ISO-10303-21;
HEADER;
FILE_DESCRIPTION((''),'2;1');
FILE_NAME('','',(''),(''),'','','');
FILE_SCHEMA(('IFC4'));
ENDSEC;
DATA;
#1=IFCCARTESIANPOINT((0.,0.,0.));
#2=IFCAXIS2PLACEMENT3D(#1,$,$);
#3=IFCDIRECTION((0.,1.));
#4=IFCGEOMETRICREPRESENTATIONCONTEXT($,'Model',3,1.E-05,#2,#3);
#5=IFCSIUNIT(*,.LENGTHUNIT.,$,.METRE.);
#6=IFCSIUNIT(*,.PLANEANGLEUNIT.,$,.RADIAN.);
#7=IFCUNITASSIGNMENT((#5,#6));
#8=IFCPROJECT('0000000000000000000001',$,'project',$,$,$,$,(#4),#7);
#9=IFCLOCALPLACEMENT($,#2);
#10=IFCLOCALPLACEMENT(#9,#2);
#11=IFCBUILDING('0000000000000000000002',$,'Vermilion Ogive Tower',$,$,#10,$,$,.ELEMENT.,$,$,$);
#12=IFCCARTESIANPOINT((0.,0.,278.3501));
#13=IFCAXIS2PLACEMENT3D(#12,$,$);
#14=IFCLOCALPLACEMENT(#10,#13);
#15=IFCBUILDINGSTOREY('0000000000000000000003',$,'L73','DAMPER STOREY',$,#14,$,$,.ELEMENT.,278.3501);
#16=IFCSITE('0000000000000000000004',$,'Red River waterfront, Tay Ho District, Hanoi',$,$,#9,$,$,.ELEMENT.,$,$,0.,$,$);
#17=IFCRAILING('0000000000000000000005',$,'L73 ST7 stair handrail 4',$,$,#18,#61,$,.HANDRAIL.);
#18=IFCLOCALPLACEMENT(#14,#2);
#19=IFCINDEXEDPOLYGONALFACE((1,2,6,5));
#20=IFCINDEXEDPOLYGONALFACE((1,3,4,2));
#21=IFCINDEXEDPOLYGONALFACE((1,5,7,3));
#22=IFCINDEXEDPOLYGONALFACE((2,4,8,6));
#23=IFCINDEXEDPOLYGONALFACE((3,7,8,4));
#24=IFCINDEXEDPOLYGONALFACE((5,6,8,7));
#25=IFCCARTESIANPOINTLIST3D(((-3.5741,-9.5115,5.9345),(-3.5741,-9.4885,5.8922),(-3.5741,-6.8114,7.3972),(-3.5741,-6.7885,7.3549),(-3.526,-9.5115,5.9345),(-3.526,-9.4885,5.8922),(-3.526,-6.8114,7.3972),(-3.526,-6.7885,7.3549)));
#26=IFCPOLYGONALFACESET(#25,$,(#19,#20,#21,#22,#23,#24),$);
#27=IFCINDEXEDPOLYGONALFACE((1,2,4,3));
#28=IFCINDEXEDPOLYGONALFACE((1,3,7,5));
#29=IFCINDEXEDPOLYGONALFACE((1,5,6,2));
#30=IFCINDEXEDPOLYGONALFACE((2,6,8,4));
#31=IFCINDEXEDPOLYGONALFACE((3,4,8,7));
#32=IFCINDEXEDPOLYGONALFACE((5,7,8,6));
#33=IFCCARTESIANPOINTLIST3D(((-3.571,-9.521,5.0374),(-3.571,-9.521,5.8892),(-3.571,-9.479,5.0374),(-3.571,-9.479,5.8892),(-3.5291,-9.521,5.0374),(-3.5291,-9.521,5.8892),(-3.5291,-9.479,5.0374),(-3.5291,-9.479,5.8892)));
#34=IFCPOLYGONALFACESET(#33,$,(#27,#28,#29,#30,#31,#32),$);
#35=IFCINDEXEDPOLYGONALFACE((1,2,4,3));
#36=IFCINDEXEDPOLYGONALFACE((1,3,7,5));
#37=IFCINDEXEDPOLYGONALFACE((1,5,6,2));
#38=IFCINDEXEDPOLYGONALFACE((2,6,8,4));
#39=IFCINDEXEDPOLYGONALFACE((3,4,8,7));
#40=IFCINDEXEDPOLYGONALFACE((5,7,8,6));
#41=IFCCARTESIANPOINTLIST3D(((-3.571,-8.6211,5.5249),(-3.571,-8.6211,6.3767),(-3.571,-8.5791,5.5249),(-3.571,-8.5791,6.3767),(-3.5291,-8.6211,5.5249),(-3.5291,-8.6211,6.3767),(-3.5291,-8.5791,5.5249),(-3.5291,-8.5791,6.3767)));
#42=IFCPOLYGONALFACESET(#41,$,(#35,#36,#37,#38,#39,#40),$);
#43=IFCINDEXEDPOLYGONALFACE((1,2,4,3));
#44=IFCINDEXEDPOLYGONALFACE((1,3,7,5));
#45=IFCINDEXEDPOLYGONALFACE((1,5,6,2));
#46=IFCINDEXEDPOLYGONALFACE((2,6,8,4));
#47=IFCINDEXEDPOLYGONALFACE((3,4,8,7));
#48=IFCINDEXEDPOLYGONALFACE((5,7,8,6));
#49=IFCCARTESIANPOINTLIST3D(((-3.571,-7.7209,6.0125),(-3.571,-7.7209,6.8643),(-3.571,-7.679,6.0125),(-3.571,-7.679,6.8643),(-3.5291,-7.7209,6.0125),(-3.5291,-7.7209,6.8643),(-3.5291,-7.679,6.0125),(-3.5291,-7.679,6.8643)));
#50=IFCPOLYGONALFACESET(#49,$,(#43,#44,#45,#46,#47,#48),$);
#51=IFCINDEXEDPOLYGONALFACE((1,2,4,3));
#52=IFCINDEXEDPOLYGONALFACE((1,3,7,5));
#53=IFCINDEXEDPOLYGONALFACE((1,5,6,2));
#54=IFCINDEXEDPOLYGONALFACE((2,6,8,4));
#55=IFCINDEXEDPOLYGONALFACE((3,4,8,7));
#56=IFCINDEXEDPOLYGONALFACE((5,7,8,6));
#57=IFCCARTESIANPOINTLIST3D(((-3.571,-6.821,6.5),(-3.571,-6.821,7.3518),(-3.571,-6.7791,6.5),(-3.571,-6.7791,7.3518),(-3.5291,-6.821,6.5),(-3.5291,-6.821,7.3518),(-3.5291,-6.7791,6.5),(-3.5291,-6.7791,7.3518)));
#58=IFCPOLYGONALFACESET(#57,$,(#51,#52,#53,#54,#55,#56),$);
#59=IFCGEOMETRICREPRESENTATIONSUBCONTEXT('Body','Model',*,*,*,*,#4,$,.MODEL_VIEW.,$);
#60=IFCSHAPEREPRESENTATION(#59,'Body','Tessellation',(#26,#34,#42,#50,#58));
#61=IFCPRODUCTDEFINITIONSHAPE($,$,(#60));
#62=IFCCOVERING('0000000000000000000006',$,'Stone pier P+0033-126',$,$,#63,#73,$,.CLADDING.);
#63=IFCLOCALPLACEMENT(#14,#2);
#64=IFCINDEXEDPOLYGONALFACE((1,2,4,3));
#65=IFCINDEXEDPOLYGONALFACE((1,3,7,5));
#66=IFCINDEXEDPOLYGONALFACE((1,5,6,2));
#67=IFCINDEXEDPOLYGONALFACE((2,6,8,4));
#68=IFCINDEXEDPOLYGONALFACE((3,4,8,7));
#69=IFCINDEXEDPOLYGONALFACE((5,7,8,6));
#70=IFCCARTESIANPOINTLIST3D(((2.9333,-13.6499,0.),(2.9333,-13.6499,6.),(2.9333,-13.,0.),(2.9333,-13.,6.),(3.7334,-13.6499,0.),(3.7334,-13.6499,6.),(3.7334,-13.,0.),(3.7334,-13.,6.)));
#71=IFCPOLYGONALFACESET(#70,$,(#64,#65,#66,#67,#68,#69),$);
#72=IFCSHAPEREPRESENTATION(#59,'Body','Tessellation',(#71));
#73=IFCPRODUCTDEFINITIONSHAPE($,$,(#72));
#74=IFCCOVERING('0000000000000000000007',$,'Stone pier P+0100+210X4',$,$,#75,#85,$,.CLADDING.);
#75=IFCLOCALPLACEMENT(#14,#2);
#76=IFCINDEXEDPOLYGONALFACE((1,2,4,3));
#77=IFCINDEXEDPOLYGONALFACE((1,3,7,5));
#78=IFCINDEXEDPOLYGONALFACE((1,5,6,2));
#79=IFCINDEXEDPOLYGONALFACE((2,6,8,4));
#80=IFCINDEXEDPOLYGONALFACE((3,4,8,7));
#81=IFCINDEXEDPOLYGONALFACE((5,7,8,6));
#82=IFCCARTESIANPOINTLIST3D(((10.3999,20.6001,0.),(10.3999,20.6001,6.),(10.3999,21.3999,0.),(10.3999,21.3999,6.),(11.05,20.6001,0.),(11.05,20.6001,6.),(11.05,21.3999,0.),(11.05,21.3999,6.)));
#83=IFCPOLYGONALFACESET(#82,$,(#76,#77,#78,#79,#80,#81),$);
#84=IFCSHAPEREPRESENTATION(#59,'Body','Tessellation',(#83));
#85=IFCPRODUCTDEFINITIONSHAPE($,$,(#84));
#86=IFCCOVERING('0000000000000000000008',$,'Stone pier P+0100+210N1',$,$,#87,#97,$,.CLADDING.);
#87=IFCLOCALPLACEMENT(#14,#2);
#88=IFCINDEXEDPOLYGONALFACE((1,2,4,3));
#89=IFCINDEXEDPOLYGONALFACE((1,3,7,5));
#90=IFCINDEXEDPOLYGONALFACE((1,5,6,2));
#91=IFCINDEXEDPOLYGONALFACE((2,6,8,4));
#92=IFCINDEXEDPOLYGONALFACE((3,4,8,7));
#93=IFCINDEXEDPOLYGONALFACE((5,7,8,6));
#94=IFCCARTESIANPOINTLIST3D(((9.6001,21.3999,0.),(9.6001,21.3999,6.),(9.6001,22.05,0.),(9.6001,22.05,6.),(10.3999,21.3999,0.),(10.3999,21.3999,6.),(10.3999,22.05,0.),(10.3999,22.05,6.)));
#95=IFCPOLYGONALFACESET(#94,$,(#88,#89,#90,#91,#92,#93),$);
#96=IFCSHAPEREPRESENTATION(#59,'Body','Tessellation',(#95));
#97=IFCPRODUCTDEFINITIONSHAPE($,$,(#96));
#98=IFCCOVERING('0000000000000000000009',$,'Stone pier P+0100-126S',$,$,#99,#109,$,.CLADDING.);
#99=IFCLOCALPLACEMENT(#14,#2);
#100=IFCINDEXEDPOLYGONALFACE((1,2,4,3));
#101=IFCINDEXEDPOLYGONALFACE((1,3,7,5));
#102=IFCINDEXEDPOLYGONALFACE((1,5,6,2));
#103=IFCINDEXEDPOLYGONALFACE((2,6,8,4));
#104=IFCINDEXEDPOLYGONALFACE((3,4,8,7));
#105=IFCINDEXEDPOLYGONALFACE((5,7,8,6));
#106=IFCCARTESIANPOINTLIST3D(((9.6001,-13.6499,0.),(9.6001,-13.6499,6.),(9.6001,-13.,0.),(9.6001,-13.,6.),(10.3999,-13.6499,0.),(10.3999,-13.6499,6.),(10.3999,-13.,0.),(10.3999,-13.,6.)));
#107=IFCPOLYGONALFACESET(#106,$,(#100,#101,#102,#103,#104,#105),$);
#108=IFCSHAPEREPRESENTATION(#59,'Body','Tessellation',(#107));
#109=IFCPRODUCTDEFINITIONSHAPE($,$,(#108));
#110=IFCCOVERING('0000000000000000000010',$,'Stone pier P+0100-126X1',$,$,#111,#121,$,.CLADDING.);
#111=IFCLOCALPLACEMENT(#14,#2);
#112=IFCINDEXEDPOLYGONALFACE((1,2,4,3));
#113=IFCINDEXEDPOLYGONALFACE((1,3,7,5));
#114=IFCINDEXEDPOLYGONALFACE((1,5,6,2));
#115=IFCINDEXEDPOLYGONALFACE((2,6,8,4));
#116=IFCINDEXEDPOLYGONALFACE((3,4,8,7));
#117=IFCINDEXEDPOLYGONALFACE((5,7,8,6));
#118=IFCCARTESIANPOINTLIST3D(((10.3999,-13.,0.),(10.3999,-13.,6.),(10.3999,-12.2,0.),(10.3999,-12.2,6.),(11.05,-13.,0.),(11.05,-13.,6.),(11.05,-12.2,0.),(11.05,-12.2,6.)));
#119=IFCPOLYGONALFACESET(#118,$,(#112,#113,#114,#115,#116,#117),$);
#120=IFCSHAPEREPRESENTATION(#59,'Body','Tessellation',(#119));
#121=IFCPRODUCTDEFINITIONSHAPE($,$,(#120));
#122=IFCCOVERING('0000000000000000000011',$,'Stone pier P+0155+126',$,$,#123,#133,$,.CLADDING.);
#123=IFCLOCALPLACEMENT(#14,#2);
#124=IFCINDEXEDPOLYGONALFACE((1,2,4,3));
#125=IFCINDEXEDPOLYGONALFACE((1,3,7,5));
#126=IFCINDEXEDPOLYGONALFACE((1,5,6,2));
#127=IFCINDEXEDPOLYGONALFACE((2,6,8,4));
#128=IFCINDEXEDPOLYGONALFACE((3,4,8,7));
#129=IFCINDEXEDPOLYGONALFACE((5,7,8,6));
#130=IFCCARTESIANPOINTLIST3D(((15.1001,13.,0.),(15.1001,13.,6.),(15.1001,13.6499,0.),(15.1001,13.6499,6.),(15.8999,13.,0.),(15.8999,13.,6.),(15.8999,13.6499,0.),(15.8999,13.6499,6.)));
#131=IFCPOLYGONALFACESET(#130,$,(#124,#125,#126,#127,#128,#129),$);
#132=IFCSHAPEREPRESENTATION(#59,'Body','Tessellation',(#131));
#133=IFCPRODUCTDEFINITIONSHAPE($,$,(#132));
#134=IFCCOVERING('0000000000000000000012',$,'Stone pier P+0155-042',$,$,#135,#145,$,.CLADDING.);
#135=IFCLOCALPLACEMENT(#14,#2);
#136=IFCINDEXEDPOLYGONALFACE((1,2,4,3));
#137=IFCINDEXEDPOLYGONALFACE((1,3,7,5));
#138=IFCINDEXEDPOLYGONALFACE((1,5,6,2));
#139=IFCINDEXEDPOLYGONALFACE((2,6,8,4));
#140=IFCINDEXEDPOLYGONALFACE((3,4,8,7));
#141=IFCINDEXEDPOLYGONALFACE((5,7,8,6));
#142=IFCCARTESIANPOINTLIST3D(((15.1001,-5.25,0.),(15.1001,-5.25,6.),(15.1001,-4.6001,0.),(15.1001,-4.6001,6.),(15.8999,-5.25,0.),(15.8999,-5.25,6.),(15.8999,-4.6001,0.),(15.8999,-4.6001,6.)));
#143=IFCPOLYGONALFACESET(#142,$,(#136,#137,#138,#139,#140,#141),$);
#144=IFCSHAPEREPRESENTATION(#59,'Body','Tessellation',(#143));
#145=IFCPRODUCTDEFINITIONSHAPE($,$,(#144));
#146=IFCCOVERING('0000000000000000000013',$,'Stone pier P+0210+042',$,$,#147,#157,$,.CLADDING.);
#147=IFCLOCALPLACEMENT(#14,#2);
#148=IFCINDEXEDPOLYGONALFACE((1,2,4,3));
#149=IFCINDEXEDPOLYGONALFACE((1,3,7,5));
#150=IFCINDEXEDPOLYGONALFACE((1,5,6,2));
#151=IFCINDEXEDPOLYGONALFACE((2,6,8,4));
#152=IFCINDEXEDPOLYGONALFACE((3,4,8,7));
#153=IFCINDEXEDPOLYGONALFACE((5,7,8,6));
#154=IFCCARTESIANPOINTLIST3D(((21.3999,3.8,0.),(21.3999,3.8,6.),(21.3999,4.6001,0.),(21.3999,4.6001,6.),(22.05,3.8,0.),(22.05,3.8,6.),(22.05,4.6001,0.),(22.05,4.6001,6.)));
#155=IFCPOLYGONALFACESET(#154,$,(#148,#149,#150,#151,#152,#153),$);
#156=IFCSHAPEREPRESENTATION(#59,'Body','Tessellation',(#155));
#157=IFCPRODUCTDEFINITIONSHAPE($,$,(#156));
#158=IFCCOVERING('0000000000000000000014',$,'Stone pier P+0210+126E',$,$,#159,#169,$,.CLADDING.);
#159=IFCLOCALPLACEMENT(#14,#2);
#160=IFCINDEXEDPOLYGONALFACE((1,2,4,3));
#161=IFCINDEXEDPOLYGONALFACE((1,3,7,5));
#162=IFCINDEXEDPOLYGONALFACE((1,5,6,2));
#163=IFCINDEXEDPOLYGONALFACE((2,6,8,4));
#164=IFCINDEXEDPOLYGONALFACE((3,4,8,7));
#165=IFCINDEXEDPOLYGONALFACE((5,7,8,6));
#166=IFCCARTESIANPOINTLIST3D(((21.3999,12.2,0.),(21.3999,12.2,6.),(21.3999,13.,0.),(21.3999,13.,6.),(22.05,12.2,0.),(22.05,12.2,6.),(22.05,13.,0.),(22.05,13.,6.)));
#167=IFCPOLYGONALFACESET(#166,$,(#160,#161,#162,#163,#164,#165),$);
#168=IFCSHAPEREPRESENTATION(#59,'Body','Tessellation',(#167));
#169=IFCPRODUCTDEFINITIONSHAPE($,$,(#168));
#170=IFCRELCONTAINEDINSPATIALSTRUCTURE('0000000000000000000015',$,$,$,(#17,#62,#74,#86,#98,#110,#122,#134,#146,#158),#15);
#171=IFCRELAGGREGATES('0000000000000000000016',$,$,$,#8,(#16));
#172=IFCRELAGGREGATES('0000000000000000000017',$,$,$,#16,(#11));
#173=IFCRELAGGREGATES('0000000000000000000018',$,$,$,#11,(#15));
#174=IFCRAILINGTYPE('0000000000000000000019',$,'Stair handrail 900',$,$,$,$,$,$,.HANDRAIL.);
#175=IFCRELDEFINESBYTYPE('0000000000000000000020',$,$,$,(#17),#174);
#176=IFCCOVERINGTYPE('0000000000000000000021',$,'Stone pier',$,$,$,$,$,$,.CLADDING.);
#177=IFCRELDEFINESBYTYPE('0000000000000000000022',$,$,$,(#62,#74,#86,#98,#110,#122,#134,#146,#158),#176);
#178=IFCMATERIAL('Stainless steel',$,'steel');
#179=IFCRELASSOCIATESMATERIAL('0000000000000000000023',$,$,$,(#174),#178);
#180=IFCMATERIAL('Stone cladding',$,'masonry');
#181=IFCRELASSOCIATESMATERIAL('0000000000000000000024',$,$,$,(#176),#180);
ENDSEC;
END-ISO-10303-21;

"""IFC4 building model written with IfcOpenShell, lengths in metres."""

from ifc_helpers import new_model, si_unit, direction, frame, origin, origin_2d, place, context, subcontext, project, spatial, polyline, rectangle, outline, extrude, material, type_object, element, save


model = new_model("IFC4")

# Units and contexts
model_context = context("Model", 3, precision=1e-05, world=origin(), true_north=direction((0.0, 1.0)))
body_context = subcontext(model_context, "Body", "Model", "MODEL_VIEW")
ifc_project = project(units=[si_unit("LENGTHUNIT", "METRE"), si_unit("PLANEANGLEUNIT", "RADIAN")], contexts=[model_context])

# Site, building, storey
site_placement = place(None, origin())
site = spatial("IfcSite", under=ifc_project, at=site_placement, Name="Red River waterfront, Tay Ho District, Hanoi", CompositionType="ELEMENT", RefElevation=0.0)
building_placement = place(site_placement, origin())
building = spatial("IfcBuilding", under=site, at=building_placement, Name="Vermilion Ogive Tower", CompositionType="ELEMENT")
storey_placement = place(building_placement, frame((0.0, 0.0, 278.3501)))
storey = spatial("IfcBuildingStorey", under=building, at=storey_placement, Name="L73", Description="DAMPER STOREY", CompositionType="ELEMENT", Elevation=278.3501)

# Railing
ifc_material_1 = material(Name="Stainless steel", Category="steel")
railing_type_1 = type_object("IfcRailingType", Name="Stair handrail 900", PredefinedType="HANDRAIL", material=ifc_material_1)
railing_1_placement = place(storey_placement, frame((-3.55, -9.5, 5.0374)))
element("IfcRailing", 1, at=railing_1_placement, inside=storey, type_object=railing_type_1, Name="L73 ST7 stair handrail 4", PredefinedType="HANDRAIL", context=body_context, shape_type="SweptSolid", body=[
    extrude(rectangle(XDim=0.0481, YDim=0.0481, at=origin_2d()), frame((0.0, 0.0, 0.876), z_axis=(0.0, 0.879268, 0.476327), x_axis=(-1.0, 0.0, 0.0)), (0.0, 0.0, 1.0), 3.0708),
    extrude(rectangle(XDim=0.042, YDim=0.042, at=origin_2d()), origin(), (0.0, 0.0, 1.0), 0.8518),
    extrude(rectangle(XDim=0.042, YDim=0.042, at=origin_2d()), frame((0.0, 0.8999, 0.4875)), (0.0, 0.0, 1.0), 0.8518),
    extrude(rectangle(XDim=0.042, YDim=0.042, at=origin_2d()), frame((0.0, 1.8, 0.9751)), (0.0, 0.0, 1.0), 0.8518),
    extrude(rectangle(XDim=0.042, YDim=0.042, at=origin_2d()), frame((0.0, 2.7, 1.4626)), (0.0, 0.0, 1.0), 0.8518),
])

# Coverings
ifc_material_2 = material(Name="Stone cladding", Category="masonry")
covering_type = type_object("IfcCoveringType", Name="Stone pier", PredefinedType="CLADDING", material=ifc_material_2)
covering_1_placement = place(storey_placement, origin())
element("IfcCovering", 2, at=covering_1_placement, inside=storey, type_object=covering_type, Name="Stone pier P+0033-126", PredefinedType="CLADDING", context=body_context, shape_type="SweptSolid", body=[
    extrude(outline(polyline([(3.7334, -13.0), (3.7334, -13.6499), (2.9333, -13.6499), (2.9333, -13.0), (2.9333, -13.0), (3.7334, -13.0)])), origin(), (0.0, 0.0, 1.0), 6.0),
])
covering_2_placement = place(storey_placement, origin())
element("IfcCovering", 3, at=covering_2_placement, inside=storey, type_object=covering_type, Name="Stone pier P+0100+210X4", PredefinedType="CLADDING", context=body_context, shape_type="SweptSolid", body=[
    extrude(outline(polyline([(11.05, 21.3999), (11.05, 20.6001), (10.3999, 20.6001), (10.3999, 21.3999), (11.05, 21.3999)])), origin(), (0.0, 0.0, 1.0), 6.0),
])
covering_3_placement = place(storey_placement, origin())
element("IfcCovering", 4, at=covering_3_placement, inside=storey, type_object=covering_type, Name="Stone pier P+0100+210N1", PredefinedType="CLADDING", context=body_context, shape_type="SweptSolid", body=[
    extrude(outline(polyline([(10.3999, 22.05), (10.3999, 21.3999), (9.6001, 21.3999), (9.6001, 22.05), (10.3999, 22.05)])), origin(), (0.0, 0.0, 1.0), 6.0),
])
covering_4_placement = place(storey_placement, origin())
element("IfcCovering", 5, at=covering_4_placement, inside=storey, type_object=covering_type, Name="Stone pier P+0100-126S", PredefinedType="CLADDING", context=body_context, shape_type="SweptSolid", body=[
    extrude(outline(polyline([(10.3999, -13.6499), (9.6001, -13.6499), (9.6001, -13.0), (10.3999, -13.0), (10.3999, -13.6499)])), origin(), (0.0, 0.0, 1.0), 6.0),
])
covering_5_placement = place(storey_placement, origin())
element("IfcCovering", 6, at=covering_5_placement, inside=storey, type_object=covering_type, Name="Stone pier P+0100-126X1", PredefinedType="CLADDING", context=body_context, shape_type="SweptSolid", body=[
    extrude(outline(polyline([(11.05, -13.0), (10.3999, -13.0), (10.3999, -12.2), (11.05, -12.2), (11.05, -13.0)])), origin(), (0.0, 0.0, 1.0), 6.0),
])
covering_6_placement = place(storey_placement, origin())
element("IfcCovering", 7, at=covering_6_placement, inside=storey, type_object=covering_type, Name="Stone pier P+0155+126", PredefinedType="CLADDING", context=body_context, shape_type="SweptSolid", body=[
    extrude(outline(polyline([(15.1001, 13.6499), (15.8999, 13.6499), (15.8999, 13.0), (15.1001, 13.0), (15.1001, 13.6499)])), origin(), (0.0, 0.0, 1.0), 6.0),
])
covering_7_placement = place(storey_placement, origin())
element("IfcCovering", 8, at=covering_7_placement, inside=storey, type_object=covering_type, Name="Stone pier P+0155-042", PredefinedType="CLADDING", context=body_context, shape_type="SweptSolid", body=[
    extrude(outline(polyline([(15.8999, -5.25), (15.1001, -5.25), (15.1001, -4.6001), (15.8999, -4.6001), (15.8999, -5.25)])), origin(), (0.0, 0.0, 1.0), 6.0),
])
covering_8_placement = place(storey_placement, origin())
element("IfcCovering", 9, at=covering_8_placement, inside=storey, type_object=covering_type, Name="Stone pier P+0210+042", PredefinedType="CLADDING", context=body_context, shape_type="SweptSolid", body=[
    extrude(outline(polyline([(21.3999, 4.6001), (22.05, 4.6001), (22.05, 3.8), (21.3999, 3.8), (21.3999, 3.8), (21.3999, 4.6001)])), origin(), (0.0, 0.0, 1.0), 6.0),
])
covering_9_placement = place(storey_placement, origin())
element("IfcCovering", 10, at=covering_9_placement, inside=storey, type_object=covering_type, Name="Stone pier P+0210+126E", PredefinedType="CLADDING", context=body_context, shape_type="SweptSolid", body=[
    extrude(outline(polyline([(22.05, 13.0), (22.05, 12.2), (21.3999, 12.2), (21.3999, 13.0), (22.05, 13.0)])), origin(), (0.0, 0.0, 1.0), 6.0),
])

save(model, "model.ifc")
